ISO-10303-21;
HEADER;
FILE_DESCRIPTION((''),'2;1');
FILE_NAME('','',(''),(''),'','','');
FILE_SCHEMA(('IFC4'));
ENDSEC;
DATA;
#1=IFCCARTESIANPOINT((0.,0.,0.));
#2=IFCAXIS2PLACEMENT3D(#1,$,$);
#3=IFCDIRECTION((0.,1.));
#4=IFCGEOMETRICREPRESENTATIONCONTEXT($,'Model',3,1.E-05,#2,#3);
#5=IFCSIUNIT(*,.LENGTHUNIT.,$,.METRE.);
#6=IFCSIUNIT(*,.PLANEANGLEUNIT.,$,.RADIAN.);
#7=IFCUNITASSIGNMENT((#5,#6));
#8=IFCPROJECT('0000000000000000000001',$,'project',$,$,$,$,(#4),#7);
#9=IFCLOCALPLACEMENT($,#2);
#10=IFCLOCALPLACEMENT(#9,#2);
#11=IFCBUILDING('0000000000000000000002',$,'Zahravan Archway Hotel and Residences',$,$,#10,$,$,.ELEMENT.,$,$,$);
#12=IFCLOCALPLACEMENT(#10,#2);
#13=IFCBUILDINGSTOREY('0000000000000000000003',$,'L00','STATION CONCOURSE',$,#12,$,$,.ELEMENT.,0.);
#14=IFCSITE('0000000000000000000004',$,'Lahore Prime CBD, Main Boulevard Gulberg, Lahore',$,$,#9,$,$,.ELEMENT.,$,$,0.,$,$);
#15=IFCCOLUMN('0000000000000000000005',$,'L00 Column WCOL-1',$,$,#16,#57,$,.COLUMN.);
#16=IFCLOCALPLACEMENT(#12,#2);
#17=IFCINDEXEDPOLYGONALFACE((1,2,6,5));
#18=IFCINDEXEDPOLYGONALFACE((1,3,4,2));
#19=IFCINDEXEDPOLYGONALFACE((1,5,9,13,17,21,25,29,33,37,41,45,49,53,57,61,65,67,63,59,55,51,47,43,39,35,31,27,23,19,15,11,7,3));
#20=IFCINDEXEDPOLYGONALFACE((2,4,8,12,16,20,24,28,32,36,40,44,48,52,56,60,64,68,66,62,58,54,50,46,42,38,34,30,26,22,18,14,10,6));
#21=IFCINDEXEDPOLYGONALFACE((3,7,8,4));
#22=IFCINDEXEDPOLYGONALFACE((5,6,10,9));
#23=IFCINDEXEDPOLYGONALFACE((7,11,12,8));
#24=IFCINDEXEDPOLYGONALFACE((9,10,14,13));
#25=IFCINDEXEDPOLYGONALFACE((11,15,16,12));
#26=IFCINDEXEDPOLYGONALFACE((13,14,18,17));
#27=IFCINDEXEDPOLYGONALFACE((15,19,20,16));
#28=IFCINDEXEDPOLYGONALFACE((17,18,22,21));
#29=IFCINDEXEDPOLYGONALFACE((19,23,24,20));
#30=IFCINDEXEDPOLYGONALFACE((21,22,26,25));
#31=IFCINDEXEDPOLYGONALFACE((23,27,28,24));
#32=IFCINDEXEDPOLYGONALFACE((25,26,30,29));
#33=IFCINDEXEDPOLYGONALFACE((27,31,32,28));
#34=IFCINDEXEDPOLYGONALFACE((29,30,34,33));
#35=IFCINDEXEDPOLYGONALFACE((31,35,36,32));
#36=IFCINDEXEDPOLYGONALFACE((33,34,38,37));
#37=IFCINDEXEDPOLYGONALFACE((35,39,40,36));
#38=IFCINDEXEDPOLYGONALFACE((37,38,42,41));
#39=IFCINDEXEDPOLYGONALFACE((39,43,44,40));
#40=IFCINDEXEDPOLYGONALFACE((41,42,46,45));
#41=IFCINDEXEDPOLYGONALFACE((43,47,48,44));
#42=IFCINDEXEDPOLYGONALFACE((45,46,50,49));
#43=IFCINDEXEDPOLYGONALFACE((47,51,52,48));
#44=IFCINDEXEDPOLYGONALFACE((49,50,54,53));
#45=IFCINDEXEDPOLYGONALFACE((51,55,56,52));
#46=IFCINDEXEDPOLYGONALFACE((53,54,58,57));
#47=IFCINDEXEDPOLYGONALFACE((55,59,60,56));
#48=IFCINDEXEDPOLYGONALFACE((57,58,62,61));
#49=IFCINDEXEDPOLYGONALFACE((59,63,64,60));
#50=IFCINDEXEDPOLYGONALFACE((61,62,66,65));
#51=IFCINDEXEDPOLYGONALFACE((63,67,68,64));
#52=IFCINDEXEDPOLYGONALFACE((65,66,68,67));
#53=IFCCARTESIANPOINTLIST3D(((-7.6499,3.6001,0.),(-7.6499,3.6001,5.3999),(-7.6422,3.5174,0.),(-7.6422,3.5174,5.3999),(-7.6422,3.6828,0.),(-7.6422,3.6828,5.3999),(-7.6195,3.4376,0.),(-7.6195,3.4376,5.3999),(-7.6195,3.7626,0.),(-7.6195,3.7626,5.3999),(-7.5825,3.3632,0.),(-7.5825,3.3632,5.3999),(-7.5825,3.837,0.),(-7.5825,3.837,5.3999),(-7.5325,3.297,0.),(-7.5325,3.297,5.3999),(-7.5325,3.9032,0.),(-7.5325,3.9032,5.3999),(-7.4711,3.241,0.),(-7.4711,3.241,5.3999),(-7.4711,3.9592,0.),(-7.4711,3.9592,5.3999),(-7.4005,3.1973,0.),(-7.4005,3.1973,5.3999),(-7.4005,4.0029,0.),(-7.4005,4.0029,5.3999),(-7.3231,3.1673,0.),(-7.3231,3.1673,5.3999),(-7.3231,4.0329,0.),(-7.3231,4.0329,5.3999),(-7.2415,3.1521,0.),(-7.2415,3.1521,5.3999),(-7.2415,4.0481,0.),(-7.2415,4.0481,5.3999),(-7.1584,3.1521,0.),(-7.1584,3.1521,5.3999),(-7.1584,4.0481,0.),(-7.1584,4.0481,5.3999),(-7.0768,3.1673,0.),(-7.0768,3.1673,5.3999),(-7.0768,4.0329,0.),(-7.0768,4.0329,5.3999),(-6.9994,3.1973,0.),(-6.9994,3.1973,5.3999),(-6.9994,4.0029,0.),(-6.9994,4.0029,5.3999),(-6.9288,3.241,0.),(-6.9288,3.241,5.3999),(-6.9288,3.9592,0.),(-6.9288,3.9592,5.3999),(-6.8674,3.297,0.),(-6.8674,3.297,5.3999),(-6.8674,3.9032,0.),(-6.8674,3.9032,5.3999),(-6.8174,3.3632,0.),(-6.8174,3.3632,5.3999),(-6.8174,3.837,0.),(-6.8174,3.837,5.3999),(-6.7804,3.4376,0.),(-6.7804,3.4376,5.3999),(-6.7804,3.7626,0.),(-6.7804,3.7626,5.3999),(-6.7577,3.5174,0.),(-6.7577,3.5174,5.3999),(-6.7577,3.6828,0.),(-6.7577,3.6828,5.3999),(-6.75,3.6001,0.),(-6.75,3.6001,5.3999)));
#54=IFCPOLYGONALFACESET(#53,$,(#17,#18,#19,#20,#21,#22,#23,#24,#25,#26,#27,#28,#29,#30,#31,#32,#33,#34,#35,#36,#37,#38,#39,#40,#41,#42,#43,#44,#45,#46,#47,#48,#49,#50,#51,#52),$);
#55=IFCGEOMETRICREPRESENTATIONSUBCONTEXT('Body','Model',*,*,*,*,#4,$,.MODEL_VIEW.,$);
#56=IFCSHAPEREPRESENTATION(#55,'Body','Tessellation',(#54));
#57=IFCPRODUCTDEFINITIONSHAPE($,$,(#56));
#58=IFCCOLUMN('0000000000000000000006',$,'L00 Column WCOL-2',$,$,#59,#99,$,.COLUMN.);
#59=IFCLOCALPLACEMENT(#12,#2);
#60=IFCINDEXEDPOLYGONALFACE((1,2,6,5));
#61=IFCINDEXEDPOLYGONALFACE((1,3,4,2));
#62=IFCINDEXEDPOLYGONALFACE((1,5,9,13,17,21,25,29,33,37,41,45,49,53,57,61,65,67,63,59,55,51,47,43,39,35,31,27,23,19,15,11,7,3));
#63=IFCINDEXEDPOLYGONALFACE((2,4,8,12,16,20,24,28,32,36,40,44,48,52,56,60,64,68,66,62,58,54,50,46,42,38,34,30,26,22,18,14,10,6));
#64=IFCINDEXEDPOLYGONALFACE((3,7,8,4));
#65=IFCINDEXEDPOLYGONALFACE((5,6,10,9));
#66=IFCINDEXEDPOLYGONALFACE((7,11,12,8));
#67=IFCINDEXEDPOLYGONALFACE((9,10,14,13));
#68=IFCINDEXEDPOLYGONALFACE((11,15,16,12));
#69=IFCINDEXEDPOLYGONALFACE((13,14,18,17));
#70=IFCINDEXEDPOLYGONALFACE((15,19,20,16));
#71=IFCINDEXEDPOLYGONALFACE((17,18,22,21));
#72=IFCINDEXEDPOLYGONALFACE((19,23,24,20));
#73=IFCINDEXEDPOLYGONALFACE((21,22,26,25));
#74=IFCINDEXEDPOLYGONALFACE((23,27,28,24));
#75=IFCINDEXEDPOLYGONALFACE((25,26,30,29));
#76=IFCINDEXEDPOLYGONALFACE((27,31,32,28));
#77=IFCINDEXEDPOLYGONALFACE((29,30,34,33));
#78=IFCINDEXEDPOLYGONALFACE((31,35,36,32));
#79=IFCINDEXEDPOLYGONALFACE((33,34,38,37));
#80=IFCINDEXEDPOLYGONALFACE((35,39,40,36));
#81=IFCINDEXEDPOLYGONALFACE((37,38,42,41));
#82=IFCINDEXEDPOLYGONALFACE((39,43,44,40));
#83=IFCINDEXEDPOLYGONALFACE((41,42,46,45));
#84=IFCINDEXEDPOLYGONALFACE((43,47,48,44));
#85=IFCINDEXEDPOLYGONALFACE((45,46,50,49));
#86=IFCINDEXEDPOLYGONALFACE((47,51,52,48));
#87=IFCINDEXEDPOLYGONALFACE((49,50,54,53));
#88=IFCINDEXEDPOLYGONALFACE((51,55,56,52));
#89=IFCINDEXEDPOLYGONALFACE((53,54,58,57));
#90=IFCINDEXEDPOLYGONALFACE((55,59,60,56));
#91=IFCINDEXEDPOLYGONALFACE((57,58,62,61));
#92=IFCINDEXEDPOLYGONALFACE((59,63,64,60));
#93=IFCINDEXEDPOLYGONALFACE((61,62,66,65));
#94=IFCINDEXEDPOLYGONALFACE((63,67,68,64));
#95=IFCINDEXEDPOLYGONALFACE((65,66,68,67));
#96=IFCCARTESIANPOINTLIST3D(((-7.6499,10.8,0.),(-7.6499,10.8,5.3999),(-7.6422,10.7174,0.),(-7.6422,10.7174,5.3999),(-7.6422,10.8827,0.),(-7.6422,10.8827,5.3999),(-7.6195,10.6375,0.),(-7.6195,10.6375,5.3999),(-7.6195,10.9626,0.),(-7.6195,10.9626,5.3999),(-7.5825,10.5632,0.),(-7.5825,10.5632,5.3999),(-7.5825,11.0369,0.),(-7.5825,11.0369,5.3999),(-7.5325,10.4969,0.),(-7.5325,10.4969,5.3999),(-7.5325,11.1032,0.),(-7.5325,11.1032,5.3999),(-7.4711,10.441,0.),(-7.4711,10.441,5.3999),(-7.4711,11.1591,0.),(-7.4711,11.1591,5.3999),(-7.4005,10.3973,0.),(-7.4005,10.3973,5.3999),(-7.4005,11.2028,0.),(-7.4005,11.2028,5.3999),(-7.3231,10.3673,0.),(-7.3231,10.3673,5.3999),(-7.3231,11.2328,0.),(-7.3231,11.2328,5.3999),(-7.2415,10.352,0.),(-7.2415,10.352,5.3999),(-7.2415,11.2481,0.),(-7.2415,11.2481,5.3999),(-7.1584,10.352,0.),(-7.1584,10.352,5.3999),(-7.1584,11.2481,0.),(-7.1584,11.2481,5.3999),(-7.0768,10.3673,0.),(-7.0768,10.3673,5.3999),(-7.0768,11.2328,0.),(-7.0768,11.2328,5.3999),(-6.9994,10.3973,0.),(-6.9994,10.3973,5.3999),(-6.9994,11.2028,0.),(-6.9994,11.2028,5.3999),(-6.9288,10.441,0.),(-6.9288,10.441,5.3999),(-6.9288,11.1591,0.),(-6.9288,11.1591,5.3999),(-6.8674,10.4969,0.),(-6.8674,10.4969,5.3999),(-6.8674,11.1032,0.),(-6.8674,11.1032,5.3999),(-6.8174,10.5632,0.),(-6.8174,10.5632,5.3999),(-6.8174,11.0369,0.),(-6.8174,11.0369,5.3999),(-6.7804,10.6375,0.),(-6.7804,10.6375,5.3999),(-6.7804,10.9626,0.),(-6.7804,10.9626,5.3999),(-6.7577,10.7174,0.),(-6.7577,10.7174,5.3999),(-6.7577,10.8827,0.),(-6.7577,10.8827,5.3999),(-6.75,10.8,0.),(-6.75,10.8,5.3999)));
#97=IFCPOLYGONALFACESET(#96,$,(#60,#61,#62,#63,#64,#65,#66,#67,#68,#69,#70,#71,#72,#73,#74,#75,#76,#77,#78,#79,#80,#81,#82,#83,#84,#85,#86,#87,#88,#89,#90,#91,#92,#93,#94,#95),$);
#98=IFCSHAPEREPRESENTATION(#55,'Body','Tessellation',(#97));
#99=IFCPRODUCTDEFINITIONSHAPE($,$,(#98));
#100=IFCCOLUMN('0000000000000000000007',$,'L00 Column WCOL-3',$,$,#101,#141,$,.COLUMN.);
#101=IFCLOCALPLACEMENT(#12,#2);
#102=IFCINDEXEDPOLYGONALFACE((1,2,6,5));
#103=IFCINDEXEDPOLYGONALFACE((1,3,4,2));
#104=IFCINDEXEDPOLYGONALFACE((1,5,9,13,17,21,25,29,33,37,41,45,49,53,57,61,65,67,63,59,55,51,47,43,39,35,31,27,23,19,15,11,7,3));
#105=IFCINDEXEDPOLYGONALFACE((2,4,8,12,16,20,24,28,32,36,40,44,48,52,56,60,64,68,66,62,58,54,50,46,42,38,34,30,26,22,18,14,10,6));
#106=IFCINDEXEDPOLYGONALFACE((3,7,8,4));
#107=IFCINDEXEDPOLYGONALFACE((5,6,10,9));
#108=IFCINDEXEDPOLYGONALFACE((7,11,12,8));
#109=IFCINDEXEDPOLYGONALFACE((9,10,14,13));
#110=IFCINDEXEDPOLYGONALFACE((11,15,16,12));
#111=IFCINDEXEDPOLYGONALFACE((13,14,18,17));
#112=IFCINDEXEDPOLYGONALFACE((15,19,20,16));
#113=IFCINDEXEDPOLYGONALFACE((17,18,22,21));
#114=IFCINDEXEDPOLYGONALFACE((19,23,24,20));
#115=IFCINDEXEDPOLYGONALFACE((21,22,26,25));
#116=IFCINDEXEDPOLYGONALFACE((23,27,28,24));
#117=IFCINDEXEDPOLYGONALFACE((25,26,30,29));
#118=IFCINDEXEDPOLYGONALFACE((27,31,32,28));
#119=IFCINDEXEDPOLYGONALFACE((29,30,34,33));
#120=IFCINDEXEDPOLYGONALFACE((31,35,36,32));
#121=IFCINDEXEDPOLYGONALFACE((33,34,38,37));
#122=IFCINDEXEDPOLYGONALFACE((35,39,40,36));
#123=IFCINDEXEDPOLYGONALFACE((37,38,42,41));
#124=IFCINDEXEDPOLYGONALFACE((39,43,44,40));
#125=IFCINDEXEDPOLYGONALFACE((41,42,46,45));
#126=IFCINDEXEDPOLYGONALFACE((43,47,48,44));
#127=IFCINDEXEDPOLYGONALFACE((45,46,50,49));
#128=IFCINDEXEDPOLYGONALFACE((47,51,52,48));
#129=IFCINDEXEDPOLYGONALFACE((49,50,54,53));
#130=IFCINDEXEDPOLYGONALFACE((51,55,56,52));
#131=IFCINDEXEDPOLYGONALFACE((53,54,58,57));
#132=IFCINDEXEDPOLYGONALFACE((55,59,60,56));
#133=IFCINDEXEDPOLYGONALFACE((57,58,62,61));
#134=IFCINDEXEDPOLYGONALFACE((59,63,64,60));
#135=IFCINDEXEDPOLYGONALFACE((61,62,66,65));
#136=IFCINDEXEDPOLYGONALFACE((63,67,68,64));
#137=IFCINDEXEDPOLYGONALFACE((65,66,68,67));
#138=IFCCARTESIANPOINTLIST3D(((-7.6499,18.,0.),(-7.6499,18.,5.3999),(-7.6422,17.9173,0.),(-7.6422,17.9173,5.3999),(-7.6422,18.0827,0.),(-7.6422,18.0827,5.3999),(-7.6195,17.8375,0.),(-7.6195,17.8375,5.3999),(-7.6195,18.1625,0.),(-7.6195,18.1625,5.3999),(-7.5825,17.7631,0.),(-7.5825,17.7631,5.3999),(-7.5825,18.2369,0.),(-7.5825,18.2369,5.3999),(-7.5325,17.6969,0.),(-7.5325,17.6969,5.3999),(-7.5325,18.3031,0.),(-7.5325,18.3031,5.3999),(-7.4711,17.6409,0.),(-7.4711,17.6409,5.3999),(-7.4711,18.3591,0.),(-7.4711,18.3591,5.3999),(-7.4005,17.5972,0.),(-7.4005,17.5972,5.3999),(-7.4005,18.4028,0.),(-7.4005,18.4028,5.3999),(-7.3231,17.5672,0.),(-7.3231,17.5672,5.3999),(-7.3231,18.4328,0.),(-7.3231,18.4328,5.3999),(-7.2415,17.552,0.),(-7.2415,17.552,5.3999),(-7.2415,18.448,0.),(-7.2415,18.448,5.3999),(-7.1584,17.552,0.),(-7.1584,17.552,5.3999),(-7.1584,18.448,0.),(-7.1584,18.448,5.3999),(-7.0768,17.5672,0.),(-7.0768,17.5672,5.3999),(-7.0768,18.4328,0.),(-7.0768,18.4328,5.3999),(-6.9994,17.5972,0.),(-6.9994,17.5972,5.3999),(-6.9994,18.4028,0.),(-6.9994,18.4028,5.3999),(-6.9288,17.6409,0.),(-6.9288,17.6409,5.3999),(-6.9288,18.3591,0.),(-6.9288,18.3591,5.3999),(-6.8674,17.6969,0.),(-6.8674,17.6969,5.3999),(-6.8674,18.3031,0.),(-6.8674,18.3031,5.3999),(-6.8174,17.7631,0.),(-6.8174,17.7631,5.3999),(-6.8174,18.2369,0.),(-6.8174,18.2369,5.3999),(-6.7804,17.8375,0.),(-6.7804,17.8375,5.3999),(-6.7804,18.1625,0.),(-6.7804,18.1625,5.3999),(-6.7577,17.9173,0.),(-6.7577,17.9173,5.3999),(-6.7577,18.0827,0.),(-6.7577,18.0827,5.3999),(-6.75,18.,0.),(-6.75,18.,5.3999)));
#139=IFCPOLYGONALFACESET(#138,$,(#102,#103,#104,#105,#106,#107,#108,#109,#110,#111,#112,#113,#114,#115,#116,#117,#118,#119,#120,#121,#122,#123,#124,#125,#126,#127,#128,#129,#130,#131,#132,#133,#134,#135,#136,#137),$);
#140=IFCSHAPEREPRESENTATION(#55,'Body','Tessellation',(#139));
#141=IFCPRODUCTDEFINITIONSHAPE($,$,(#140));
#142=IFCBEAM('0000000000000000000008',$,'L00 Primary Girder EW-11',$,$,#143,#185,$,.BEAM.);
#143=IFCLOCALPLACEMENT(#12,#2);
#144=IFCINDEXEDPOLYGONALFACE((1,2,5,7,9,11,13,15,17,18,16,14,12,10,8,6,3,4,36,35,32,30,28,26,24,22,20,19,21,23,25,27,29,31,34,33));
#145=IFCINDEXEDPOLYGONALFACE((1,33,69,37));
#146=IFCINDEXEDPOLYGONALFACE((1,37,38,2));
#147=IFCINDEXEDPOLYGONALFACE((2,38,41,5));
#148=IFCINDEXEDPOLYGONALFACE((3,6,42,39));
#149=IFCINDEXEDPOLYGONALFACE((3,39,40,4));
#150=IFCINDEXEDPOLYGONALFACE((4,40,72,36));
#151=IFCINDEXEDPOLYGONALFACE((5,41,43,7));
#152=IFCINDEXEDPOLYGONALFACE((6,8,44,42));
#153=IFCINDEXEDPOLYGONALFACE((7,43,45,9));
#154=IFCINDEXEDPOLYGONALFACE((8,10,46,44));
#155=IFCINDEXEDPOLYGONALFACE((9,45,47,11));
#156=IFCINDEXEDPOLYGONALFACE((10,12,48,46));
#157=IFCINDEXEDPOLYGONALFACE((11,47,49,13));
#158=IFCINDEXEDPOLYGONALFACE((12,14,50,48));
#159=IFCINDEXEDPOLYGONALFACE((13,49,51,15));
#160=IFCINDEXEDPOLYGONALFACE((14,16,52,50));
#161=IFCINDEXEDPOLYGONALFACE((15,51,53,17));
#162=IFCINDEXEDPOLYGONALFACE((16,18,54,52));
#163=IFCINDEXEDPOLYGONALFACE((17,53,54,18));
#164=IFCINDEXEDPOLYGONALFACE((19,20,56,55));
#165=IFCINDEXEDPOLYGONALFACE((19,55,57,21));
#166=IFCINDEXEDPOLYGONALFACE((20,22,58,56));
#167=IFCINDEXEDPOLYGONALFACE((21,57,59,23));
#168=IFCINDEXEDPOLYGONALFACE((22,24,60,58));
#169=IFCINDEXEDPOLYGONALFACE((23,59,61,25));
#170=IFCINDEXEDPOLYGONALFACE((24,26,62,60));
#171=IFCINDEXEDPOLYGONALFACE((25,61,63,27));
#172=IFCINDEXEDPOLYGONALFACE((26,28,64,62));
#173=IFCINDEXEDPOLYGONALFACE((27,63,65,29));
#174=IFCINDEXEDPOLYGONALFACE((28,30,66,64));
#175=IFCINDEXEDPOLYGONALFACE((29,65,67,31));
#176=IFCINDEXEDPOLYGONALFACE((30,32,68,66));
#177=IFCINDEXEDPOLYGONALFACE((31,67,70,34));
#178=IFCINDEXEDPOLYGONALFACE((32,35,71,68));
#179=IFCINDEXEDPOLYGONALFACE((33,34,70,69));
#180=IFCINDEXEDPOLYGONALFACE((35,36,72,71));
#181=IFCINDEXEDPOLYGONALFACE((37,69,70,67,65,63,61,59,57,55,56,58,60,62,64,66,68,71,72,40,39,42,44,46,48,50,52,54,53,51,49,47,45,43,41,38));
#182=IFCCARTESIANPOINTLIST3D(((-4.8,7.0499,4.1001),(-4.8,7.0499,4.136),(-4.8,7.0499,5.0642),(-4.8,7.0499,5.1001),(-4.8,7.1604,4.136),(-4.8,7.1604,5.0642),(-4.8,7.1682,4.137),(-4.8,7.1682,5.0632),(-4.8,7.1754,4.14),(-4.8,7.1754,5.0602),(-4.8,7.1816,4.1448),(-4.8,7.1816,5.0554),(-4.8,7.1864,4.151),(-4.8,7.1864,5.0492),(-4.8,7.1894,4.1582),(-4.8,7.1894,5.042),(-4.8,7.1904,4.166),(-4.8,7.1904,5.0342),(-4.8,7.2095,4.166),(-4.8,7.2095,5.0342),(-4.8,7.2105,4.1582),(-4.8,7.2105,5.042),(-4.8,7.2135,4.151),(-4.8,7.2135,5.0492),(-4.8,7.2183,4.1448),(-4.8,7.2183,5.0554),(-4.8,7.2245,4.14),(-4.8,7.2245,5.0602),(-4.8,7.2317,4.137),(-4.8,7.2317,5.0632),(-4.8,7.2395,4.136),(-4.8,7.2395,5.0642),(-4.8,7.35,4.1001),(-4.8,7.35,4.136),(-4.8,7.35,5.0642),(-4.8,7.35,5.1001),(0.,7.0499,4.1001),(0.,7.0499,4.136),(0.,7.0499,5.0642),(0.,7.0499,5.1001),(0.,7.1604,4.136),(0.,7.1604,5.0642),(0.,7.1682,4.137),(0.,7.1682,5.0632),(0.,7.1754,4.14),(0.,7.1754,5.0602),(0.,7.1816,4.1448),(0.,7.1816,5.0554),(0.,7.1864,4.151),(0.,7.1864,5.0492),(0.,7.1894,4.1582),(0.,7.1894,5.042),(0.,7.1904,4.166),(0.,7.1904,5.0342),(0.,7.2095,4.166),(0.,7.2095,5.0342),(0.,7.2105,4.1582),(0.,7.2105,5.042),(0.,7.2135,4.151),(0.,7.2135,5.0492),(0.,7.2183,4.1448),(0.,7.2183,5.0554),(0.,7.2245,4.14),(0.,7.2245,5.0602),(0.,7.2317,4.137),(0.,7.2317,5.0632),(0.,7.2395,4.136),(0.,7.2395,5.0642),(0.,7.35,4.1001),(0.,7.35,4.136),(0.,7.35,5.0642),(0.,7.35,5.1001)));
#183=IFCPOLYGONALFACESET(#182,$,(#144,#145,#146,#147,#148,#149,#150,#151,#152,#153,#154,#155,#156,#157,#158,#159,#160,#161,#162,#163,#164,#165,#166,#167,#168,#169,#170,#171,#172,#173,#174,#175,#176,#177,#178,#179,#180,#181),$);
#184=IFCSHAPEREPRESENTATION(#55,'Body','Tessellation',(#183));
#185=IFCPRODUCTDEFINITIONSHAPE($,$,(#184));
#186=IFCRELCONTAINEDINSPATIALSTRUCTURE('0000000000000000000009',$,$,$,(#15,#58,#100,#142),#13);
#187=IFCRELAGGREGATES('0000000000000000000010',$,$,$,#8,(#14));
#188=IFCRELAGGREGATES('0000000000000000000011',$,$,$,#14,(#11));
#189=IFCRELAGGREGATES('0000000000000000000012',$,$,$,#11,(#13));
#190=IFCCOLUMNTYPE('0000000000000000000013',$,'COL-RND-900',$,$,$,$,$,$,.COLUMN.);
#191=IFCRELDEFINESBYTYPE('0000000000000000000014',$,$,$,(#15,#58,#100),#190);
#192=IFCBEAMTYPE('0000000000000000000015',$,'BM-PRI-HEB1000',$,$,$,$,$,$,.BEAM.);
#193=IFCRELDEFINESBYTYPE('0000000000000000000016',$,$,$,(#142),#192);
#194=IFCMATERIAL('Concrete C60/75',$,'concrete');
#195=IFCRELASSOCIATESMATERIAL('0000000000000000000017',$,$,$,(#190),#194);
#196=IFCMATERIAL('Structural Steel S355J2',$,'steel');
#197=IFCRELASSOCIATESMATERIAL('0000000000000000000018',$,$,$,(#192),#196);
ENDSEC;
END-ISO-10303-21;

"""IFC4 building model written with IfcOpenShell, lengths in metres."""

from ifc_helpers import new_model, si_unit, direction, frame, origin, origin_2d, place, context, subcontext, project, spatial, circle, i_section, extrude, source, transform, mapped, material, material_profile, profile_set, type_object, type_shapes, element, save


model = new_model("IFC4")

# Units and contexts
model_context = context("Model", 3, precision=1e-05, world=origin(), true_north=direction((0.0, 1.0)))
body_context = subcontext(model_context, "Body", "Model", "MODEL_VIEW")
ifc_project = project(units=[si_unit("LENGTHUNIT", "METRE"), si_unit("PLANEANGLEUNIT", "RADIAN")], contexts=[model_context])

# Site, building, storey
site_placement = place(None, origin())
site = spatial("IfcSite", under=ifc_project, at=site_placement, Name="Lahore Prime CBD, Main Boulevard Gulberg, Lahore", CompositionType="ELEMENT", RefElevation=0.0)
building_placement = place(site_placement, origin())
building = spatial("IfcBuilding", under=site, at=building_placement, Name="Zahravan Archway Hotel and Residences", CompositionType="ELEMENT")
storey_placement = place(building_placement, origin())
storey = spatial("IfcBuildingStorey", under=building, at=storey_placement, Name="L00", Description="STATION CONCOURSE", CompositionType="ELEMENT", Elevation=0.0)

# Columns
ifc_material_1 = material(Name="Concrete C60/75", Category="concrete")
ifc_material_profile_1 = material_profile(ifc_material_1, circle(Radius=0.45, at=origin_2d()), Name="RC-CIRC-900", Category="concrete")
ifc_profile_set_1 = profile_set([ifc_material_profile_1], Name="Concrete C60/75")
column_type_1 = type_object("IfcColumnType", Name="COL-RND-900", PredefinedType="COLUMN", material=ifc_profile_set_1)
shared_shape_1 = source(origin(), body_context, "Body", "SweptSolid", [
    extrude(circle(Radius=0.45, at=origin_2d()), origin(), (0.0, 0.0, 1.0), 5.3999),
])
type_shapes(column_type_1, [shared_shape_1])
for number, where, z_axis, x_axis, name in (
    (1, (-7.2, 3.6001, 0.0), (0.0, 0.0, 1.0), (1.0, 0.0, 0.0), "L00 Column WCOL-1"),
    (2, (-7.2, 10.8, 0.0), (0.0, 0.0, 1.0), (1.0, 0.0, 0.0), "L00 Column WCOL-2"),
    (3, (-7.2, 18.0, 0.0), (0.0, 0.0, 1.0), (1.0, 0.0, 0.0), "L00 Column WCOL-3"),
):
    element("IfcColumn", number, at=place(storey_placement, frame(where, z_axis=z_axis, x_axis=x_axis)), inside=storey, type_object=column_type_1, Name=name, PredefinedType="COLUMN", context=body_context, shape_type="MappedRepresentation", body=[
        mapped(shared_shape_1, transform((0.0, 0.0, 0.0), scale=1.0)),
    ])

# Beam
ifc_material_2 = material(Name="Structural Steel S355J2", Category="steel")
ifc_material_profile_2 = material_profile(ifc_material_2, i_section(OverallWidth=0.3, OverallDepth=1.0, WebThickness=0.019, FlangeThickness=0.0359, FilletRadius=0.03, at=origin_2d()), Name="HEB 1000", Category="steel")
ifc_profile_set_2 = profile_set([ifc_material_profile_2], Name="Structural Steel S355J2")
beam_type_1 = type_object("IfcBeamType", Name="BM-PRI-HEB1000", PredefinedType="BEAM", material=ifc_profile_set_2)
shared_shape_2 = source(origin(), body_context, "Body", "SweptSolid", [
    extrude(i_section(OverallWidth=0.3, OverallDepth=1.0, WebThickness=0.019, FlangeThickness=0.0359, FilletRadius=0.03, at=origin_2d()), origin(), (0.0, 0.0, 1.0), 4.8),
])
type_shapes(beam_type_1, [shared_shape_2])
for number, where, z_axis, x_axis, name in (
    (4, (-4.8, 7.2, 4.6001), (1.0, 0.0, 0.0), (0.0, 1.0, 0.0), "L00 Primary Girder EW-11"),
):
    element("IfcBeam", number, at=place(storey_placement, frame(where, z_axis=z_axis, x_axis=x_axis)), inside=storey, type_object=beam_type_1, Name=name, PredefinedType="BEAM", context=body_context, shape_type="MappedRepresentation", body=[
        mapped(shared_shape_2, transform((0.0, 0.0, 0.0), scale=1.0)),
    ])

save(model, "model.ifc")
